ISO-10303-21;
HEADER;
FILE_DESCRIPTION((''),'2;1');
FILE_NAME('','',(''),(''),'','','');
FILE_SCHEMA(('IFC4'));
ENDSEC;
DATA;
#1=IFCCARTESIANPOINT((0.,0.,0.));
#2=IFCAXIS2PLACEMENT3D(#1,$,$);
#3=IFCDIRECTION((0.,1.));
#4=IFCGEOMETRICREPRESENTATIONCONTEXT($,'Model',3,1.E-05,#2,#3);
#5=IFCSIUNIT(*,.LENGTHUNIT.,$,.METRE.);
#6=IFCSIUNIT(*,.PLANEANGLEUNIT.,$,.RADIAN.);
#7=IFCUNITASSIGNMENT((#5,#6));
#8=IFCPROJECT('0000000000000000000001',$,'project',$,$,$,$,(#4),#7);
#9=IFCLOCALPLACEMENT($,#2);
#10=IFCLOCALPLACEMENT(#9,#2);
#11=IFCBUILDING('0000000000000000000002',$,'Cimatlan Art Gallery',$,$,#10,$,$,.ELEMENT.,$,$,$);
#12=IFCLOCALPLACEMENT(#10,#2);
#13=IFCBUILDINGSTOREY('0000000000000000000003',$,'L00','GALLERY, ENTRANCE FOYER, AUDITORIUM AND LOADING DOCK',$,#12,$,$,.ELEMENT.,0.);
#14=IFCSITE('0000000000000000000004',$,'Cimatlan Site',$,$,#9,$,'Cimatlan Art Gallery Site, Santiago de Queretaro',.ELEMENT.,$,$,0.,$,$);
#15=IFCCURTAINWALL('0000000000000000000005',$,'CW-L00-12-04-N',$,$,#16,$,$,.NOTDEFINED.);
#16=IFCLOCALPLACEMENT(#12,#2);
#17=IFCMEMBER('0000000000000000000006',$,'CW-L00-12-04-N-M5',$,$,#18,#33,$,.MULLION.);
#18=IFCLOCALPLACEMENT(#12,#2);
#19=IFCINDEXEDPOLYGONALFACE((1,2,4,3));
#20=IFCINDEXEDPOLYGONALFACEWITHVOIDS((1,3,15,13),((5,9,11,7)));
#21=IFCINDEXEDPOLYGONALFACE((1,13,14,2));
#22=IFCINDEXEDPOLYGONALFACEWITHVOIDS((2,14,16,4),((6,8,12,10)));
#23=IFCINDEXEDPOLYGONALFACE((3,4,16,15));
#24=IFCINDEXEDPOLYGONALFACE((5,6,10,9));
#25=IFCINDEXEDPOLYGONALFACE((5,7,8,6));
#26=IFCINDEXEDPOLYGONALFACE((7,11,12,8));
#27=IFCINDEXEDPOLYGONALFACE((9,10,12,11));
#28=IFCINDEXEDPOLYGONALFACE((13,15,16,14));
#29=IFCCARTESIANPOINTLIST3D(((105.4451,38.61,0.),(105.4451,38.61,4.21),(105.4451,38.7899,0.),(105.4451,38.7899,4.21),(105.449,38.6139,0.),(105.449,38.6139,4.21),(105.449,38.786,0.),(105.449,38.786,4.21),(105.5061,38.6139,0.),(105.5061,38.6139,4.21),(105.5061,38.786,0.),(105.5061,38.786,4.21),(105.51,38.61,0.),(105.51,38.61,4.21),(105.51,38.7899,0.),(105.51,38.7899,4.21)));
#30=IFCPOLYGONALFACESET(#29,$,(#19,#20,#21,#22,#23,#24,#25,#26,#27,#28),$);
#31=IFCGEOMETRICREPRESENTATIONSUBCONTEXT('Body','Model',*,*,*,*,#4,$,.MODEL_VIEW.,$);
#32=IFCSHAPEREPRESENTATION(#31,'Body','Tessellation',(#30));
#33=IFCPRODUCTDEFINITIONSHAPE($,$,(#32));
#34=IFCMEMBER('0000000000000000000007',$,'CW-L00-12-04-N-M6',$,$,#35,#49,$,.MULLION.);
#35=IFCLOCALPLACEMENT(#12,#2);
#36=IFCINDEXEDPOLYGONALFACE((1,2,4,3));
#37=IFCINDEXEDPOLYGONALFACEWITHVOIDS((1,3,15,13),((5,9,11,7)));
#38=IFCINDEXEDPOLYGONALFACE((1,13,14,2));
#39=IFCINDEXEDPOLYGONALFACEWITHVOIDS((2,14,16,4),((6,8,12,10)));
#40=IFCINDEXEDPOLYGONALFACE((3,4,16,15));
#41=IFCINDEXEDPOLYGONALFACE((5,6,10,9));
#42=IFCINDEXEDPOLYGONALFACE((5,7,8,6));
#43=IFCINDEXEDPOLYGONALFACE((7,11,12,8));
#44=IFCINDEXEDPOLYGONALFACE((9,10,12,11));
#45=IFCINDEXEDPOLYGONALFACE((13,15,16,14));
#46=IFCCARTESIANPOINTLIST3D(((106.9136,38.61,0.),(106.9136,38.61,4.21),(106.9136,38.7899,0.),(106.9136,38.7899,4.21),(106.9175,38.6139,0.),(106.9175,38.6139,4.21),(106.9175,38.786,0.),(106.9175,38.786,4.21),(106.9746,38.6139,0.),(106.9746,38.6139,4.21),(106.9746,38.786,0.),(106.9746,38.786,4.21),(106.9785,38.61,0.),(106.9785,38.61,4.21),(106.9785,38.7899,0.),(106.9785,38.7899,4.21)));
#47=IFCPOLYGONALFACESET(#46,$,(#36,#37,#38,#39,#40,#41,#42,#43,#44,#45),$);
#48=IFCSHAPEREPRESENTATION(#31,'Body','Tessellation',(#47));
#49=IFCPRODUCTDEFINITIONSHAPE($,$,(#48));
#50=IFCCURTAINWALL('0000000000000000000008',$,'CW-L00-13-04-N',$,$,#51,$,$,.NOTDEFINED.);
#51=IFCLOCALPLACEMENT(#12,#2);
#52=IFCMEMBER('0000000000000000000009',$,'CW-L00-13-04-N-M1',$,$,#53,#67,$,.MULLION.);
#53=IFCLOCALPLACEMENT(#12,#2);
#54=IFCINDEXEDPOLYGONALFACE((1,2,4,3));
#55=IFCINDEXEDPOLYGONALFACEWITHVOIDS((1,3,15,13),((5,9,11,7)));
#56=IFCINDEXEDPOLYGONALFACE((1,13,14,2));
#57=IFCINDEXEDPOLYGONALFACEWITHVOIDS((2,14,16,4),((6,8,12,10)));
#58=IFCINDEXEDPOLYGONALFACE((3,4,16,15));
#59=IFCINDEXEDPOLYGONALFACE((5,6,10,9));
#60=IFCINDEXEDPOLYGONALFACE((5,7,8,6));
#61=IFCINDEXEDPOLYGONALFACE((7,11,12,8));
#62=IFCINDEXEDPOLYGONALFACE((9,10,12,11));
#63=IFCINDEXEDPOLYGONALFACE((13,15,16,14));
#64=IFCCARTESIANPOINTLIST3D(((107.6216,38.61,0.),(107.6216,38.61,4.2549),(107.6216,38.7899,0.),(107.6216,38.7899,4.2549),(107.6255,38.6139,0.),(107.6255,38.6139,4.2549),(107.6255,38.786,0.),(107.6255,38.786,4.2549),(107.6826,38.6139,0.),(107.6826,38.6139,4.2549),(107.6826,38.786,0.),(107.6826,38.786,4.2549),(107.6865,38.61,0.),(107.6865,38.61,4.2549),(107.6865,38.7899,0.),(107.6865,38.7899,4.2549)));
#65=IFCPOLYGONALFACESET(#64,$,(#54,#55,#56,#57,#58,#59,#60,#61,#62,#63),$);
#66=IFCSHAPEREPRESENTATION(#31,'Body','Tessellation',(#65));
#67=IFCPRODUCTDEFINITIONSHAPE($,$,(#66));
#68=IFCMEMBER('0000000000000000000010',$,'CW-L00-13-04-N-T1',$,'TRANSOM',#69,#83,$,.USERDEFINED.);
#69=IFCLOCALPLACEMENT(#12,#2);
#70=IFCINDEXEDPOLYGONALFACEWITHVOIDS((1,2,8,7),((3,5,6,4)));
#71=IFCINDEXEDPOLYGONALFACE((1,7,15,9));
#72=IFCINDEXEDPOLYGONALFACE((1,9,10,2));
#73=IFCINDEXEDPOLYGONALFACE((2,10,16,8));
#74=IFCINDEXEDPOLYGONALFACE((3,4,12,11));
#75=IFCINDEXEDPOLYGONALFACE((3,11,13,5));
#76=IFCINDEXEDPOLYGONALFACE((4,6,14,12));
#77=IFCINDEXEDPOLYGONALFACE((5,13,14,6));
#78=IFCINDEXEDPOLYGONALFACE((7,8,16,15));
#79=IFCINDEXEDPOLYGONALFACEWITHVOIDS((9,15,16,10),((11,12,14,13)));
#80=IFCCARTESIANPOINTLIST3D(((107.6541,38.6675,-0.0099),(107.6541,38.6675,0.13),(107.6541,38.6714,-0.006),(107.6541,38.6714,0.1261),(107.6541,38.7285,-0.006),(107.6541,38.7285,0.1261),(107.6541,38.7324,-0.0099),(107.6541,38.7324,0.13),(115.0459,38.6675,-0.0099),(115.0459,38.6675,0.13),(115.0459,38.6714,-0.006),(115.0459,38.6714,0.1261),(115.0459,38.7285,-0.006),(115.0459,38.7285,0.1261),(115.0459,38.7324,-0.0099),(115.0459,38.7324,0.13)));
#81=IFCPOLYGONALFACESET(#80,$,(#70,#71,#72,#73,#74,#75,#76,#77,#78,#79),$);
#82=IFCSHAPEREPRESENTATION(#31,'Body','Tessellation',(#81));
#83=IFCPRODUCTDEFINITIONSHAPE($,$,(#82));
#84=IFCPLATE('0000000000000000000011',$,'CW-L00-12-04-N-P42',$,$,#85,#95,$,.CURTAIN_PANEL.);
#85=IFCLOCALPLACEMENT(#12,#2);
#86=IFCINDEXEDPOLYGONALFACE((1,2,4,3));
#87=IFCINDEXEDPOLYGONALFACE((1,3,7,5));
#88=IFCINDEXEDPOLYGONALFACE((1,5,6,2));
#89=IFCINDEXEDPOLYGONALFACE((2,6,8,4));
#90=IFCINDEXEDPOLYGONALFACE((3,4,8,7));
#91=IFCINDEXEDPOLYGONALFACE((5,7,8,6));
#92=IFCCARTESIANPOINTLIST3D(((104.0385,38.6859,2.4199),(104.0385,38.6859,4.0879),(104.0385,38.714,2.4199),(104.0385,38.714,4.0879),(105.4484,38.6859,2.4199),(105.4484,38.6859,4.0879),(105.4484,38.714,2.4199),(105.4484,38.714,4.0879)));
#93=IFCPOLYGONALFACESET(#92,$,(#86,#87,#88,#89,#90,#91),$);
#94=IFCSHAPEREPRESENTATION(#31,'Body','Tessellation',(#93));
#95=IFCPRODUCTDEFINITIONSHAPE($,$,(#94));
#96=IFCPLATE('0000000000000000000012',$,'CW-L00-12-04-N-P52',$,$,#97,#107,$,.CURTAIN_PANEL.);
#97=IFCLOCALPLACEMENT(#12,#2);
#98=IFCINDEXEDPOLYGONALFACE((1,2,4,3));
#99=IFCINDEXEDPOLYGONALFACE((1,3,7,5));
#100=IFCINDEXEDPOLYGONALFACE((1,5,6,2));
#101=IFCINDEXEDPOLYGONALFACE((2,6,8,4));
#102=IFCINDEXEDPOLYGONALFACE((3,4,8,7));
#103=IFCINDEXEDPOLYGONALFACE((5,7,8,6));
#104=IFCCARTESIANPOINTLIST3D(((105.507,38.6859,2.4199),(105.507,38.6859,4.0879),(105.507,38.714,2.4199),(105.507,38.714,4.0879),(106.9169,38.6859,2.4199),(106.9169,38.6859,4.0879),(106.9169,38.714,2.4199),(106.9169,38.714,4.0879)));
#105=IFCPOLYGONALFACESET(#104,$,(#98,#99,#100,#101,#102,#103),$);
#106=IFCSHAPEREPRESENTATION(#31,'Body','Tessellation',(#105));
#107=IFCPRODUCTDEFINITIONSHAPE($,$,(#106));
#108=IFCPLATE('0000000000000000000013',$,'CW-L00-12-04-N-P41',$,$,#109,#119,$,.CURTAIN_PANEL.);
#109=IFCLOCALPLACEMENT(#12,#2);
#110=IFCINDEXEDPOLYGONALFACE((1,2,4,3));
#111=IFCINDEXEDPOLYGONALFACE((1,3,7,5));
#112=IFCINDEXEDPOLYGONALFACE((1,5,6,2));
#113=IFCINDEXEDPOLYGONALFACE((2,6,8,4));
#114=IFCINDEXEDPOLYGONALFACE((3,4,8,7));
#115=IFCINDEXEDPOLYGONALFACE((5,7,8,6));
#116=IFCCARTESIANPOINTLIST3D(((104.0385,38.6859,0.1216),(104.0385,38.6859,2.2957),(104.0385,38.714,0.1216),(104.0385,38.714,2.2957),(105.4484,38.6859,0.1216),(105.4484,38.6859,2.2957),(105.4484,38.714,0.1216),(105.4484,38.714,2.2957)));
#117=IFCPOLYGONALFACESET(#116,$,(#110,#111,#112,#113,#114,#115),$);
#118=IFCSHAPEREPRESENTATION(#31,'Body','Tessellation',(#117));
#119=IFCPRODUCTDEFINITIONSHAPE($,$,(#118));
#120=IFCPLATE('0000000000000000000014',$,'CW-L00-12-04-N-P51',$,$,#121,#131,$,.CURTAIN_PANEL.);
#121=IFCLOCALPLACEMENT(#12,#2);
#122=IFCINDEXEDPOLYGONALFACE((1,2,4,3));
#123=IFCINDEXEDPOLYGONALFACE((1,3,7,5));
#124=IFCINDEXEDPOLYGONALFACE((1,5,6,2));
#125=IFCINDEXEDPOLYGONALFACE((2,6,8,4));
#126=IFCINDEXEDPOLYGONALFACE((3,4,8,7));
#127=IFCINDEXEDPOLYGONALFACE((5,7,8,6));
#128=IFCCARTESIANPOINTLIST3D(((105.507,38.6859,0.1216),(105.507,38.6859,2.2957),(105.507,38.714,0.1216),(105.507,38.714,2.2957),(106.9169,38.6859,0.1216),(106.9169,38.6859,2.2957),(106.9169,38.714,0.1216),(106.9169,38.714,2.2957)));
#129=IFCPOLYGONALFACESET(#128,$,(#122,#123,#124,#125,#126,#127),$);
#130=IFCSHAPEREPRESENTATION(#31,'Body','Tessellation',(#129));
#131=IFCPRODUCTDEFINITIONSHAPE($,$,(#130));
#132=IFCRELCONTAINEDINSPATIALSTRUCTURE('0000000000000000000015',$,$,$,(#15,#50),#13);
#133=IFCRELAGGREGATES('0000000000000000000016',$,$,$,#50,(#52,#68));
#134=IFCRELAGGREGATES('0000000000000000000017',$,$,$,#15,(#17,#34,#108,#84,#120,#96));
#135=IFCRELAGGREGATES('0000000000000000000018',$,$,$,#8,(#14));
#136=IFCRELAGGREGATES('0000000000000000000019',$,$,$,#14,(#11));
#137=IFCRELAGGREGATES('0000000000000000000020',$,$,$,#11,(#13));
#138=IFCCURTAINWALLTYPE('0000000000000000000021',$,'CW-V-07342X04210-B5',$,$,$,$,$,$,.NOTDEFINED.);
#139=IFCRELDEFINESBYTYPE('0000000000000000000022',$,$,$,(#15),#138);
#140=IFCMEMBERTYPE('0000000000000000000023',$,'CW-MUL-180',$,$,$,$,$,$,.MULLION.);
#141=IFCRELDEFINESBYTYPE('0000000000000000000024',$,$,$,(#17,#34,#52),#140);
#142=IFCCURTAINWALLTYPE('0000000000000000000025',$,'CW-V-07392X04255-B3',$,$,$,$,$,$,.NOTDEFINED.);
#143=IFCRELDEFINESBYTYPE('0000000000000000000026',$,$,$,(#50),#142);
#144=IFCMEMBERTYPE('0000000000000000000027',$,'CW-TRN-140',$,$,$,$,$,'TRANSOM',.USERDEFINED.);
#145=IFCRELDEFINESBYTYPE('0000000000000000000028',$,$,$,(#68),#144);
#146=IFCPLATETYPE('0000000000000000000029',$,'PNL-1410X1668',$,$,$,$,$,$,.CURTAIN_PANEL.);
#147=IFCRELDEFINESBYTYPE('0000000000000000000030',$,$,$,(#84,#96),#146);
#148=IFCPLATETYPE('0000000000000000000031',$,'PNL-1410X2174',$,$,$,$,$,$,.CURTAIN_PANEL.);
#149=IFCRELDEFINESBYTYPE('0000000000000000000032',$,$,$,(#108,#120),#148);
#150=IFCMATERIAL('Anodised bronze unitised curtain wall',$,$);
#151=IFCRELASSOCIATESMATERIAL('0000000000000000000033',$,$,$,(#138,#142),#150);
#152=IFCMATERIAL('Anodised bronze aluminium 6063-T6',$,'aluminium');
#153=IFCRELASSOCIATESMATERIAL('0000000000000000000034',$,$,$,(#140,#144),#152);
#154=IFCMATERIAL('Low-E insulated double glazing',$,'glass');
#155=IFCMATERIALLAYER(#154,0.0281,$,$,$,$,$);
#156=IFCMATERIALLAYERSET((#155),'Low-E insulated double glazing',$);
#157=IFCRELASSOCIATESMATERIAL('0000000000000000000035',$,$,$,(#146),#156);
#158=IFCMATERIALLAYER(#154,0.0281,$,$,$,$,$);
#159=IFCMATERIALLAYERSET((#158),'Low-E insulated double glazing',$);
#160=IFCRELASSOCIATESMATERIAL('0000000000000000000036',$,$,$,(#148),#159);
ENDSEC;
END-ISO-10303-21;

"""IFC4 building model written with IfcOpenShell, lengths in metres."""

from ifc_helpers import new_model, si_unit, direction, frame, origin, origin_2d, place, context, subcontext, project, spatial, rectangle, hollow_rectangle, extrude, material, layer, layer_set, material_profile, profile_set, type_object, element, aggregate, save


model = new_model("IFC4")

# Units and contexts
model_context = context("Model", 3, precision=1e-05, world=origin(), true_north=direction((0.0, 1.0)))
body_context = subcontext(model_context, "Body", "Model", "MODEL_VIEW")
ifc_project = project(units=[si_unit("LENGTHUNIT", "METRE"), si_unit("PLANEANGLEUNIT", "RADIAN")], contexts=[model_context])

# Site, building, storey
site_placement = place(None, origin())
site = spatial("IfcSite", under=ifc_project, at=site_placement, Name="Cimatlan Site", LongName="Cimatlan Art Gallery Site, Santiago de Queretaro", CompositionType="ELEMENT", RefElevation=0.0)
building_placement = place(site_placement, origin())
building = spatial("IfcBuilding", under=site, at=building_placement, Name="Cimatlan Art Gallery", CompositionType="ELEMENT")
storey_placement = place(building_placement, origin())
storey = spatial("IfcBuildingStorey", under=building, at=storey_placement, Name="L00", Description="GALLERY, ENTRANCE FOYER, AUDITORIUM AND LOADING DOCK", CompositionType="ELEMENT", Elevation=0.0)

# Curtain walls, members
ifc_material_1 = material(Name="Anodised bronze unitised curtain wall")
curtain_wall_type_1 = type_object("IfcCurtainWallType", Name="CW-V-07342X04210-B5", PredefinedType="NOTDEFINED", material=ifc_material_1)
curtain_wall_1_placement = place(storey_placement, origin())
curtain_wall_1 = element("IfcCurtainWall", 1, at=curtain_wall_1_placement, inside=storey, type_object=curtain_wall_type_1, Name="CW-L00-12-04-N", PredefinedType="NOTDEFINED")
ifc_material_2 = material(Name="Anodised bronze aluminium 6063-T6", Category="aluminium")
ifc_material_profile_1 = material_profile(ifc_material_2, hollow_rectangle(XDim=0.0649, YDim=0.1799, WallThickness=0.0039, at=origin_2d()), Name="ALU65X180X4")
ifc_profile_set_1 = profile_set([ifc_material_profile_1], Name="Anodised bronze aluminium 6063-T6")
member_type_1 = type_object("IfcMemberType", Name="CW-MUL-180", PredefinedType="MULLION", material=ifc_profile_set_1)
member_1_placement = place(storey_placement, frame((105.4775, 38.7, 0.0), z_axis=(0.0, 0.0, 1.0), x_axis=(1.0, 0.0, 0.0)))
member_1 = element("IfcMember", 2, at=member_1_placement, type_object=member_type_1, Name="CW-L00-12-04-N-M5", PredefinedType="MULLION", context=body_context, shape_type="SweptSolid", body=[
    extrude(hollow_rectangle(XDim=0.0649, YDim=0.1799, WallThickness=0.0039, at=origin_2d()), origin(), (0.0, 0.0, 1.0), 4.21),
])
member_2_placement = place(storey_placement, frame((106.946, 38.7, 0.0), z_axis=(0.0, 0.0, 1.0), x_axis=(1.0, 0.0, 0.0)))
member_2 = element("IfcMember", 3, at=member_2_placement, type_object=member_type_1, Name="CW-L00-12-04-N-M6", PredefinedType="MULLION", context=body_context, shape_type="SweptSolid", body=[
    extrude(hollow_rectangle(XDim=0.0649, YDim=0.1799, WallThickness=0.0039, at=origin_2d()), origin(), (0.0, 0.0, 1.0), 4.21),
])
curtain_wall_type_2 = type_object("IfcCurtainWallType", Name="CW-V-07392X04255-B3", PredefinedType="NOTDEFINED", material=ifc_material_1)
curtain_wall_2_placement = place(storey_placement, origin())
curtain_wall_2 = element("IfcCurtainWall", 4, at=curtain_wall_2_placement, inside=storey, type_object=curtain_wall_type_2, Name="CW-L00-13-04-N", PredefinedType="NOTDEFINED")
member_3_placement = place(storey_placement, frame((107.6541, 38.7, 0.0), z_axis=(0.0, 0.0, 1.0), x_axis=(1.0, 0.0, 0.0)))
member_3 = element("IfcMember", 5, at=member_3_placement, type_object=member_type_1, Name="CW-L00-13-04-N-M1", PredefinedType="MULLION", context=body_context, shape_type="SweptSolid", body=[
    extrude(hollow_rectangle(XDim=0.0649, YDim=0.1799, WallThickness=0.0039, at=origin_2d()), origin(), (0.0, 0.0, 1.0), 4.2549),
])
ifc_material_profile_2 = material_profile(ifc_material_2, hollow_rectangle(XDim=0.0649, YDim=0.1399, WallThickness=0.0039, at=origin_2d()), Name="ALU65X140X4")
ifc_profile_set_2 = profile_set([ifc_material_profile_2], Name="Anodised bronze aluminium 6063-T6")
member_type_2 = type_object("IfcMemberType", Name="CW-TRN-140", ElementType="TRANSOM", PredefinedType="USERDEFINED", material=ifc_profile_set_2)
member_4_placement = place(storey_placement, frame((107.6541, 38.7, 0.0601), z_axis=(1.0, 0.0, 0.0), x_axis=(0.0, 1.0, 0.0)))
member_4 = element("IfcMember", 6, at=member_4_placement, type_object=member_type_2, Name="CW-L00-13-04-N-T1", ObjectType="TRANSOM", PredefinedType="USERDEFINED", context=body_context, shape_type="SweptSolid", body=[
    extrude(hollow_rectangle(XDim=0.0649, YDim=0.1399, WallThickness=0.0039, at=origin_2d()), origin(), (0.0, 0.0, 1.0), 7.3918),
])
aggregate(curtain_wall_2, [member_3, member_4])

# Plates
ifc_material_3 = material(Name="Low-E insulated double glazing", Category="glass")
ifc_layer_1 = layer(ifc_material_3, 0.0281)
ifc_layer_set_1 = layer_set([ifc_layer_1], Name="Low-E insulated double glazing")
plate_type_1 = type_object("IfcPlateType", Name="PNL-1410X1668", PredefinedType="CURTAIN_PANEL", material=ifc_layer_set_1)
plate_1_placement = place(storey_placement, frame((104.7434, 38.7, 2.4199), z_axis=(0.0, 0.0, 1.0), x_axis=(1.0, 0.0, 0.0)))
plate_1 = element("IfcPlate", 7, at=plate_1_placement, type_object=plate_type_1, Name="CW-L00-12-04-N-P42", PredefinedType="CURTAIN_PANEL", context=body_context, shape_type="SweptSolid", body=[
    extrude(rectangle(XDim=1.4099, YDim=0.0281, at=origin_2d()), origin(), (0.0, 0.0, 1.0), 1.668),
])
plate_2_placement = place(storey_placement, frame((106.2119, 38.7, 2.4199), z_axis=(0.0, 0.0, 1.0), x_axis=(1.0, 0.0, 0.0)))
plate_2 = element("IfcPlate", 8, at=plate_2_placement, type_object=plate_type_1, Name="CW-L00-12-04-N-P52", PredefinedType="CURTAIN_PANEL", context=body_context, shape_type="SweptSolid", body=[
    extrude(rectangle(XDim=1.4099, YDim=0.0281, at=origin_2d()), origin(), (0.0, 0.0, 1.0), 1.668),
])
ifc_layer_2 = layer(ifc_material_3, 0.0281)
ifc_layer_set_2 = layer_set([ifc_layer_2], Name="Low-E insulated double glazing")
plate_type_2 = type_object("IfcPlateType", Name="PNL-1410X2174", PredefinedType="CURTAIN_PANEL", material=ifc_layer_set_2)
plate_3_placement = place(storey_placement, frame((104.7434, 38.7, 0.1216), z_axis=(0.0, 0.0, 1.0), x_axis=(1.0, 0.0, 0.0)))
plate_3 = element("IfcPlate", 9, at=plate_3_placement, type_object=plate_type_2, Name="CW-L00-12-04-N-P41", PredefinedType="CURTAIN_PANEL", context=body_context, shape_type="SweptSolid", body=[
    extrude(rectangle(XDim=1.4099, YDim=0.0281, at=origin_2d()), origin(), (0.0, 0.0, 1.0), 2.1741),
])
plate_4_placement = place(storey_placement, frame((106.2119, 38.7, 0.1216), z_axis=(0.0, 0.0, 1.0), x_axis=(1.0, 0.0, 0.0)))
plate_4 = element("IfcPlate", 10, at=plate_4_placement, type_object=plate_type_2, Name="CW-L00-12-04-N-P51", PredefinedType="CURTAIN_PANEL", context=body_context, shape_type="SweptSolid", body=[
    extrude(rectangle(XDim=1.4099, YDim=0.0281, at=origin_2d()), origin(), (0.0, 0.0, 1.0), 2.1741),
])
aggregate(curtain_wall_1, [member_1, member_2, plate_3, plate_1, plate_4, plate_2])

save(model, "model.ifc")
